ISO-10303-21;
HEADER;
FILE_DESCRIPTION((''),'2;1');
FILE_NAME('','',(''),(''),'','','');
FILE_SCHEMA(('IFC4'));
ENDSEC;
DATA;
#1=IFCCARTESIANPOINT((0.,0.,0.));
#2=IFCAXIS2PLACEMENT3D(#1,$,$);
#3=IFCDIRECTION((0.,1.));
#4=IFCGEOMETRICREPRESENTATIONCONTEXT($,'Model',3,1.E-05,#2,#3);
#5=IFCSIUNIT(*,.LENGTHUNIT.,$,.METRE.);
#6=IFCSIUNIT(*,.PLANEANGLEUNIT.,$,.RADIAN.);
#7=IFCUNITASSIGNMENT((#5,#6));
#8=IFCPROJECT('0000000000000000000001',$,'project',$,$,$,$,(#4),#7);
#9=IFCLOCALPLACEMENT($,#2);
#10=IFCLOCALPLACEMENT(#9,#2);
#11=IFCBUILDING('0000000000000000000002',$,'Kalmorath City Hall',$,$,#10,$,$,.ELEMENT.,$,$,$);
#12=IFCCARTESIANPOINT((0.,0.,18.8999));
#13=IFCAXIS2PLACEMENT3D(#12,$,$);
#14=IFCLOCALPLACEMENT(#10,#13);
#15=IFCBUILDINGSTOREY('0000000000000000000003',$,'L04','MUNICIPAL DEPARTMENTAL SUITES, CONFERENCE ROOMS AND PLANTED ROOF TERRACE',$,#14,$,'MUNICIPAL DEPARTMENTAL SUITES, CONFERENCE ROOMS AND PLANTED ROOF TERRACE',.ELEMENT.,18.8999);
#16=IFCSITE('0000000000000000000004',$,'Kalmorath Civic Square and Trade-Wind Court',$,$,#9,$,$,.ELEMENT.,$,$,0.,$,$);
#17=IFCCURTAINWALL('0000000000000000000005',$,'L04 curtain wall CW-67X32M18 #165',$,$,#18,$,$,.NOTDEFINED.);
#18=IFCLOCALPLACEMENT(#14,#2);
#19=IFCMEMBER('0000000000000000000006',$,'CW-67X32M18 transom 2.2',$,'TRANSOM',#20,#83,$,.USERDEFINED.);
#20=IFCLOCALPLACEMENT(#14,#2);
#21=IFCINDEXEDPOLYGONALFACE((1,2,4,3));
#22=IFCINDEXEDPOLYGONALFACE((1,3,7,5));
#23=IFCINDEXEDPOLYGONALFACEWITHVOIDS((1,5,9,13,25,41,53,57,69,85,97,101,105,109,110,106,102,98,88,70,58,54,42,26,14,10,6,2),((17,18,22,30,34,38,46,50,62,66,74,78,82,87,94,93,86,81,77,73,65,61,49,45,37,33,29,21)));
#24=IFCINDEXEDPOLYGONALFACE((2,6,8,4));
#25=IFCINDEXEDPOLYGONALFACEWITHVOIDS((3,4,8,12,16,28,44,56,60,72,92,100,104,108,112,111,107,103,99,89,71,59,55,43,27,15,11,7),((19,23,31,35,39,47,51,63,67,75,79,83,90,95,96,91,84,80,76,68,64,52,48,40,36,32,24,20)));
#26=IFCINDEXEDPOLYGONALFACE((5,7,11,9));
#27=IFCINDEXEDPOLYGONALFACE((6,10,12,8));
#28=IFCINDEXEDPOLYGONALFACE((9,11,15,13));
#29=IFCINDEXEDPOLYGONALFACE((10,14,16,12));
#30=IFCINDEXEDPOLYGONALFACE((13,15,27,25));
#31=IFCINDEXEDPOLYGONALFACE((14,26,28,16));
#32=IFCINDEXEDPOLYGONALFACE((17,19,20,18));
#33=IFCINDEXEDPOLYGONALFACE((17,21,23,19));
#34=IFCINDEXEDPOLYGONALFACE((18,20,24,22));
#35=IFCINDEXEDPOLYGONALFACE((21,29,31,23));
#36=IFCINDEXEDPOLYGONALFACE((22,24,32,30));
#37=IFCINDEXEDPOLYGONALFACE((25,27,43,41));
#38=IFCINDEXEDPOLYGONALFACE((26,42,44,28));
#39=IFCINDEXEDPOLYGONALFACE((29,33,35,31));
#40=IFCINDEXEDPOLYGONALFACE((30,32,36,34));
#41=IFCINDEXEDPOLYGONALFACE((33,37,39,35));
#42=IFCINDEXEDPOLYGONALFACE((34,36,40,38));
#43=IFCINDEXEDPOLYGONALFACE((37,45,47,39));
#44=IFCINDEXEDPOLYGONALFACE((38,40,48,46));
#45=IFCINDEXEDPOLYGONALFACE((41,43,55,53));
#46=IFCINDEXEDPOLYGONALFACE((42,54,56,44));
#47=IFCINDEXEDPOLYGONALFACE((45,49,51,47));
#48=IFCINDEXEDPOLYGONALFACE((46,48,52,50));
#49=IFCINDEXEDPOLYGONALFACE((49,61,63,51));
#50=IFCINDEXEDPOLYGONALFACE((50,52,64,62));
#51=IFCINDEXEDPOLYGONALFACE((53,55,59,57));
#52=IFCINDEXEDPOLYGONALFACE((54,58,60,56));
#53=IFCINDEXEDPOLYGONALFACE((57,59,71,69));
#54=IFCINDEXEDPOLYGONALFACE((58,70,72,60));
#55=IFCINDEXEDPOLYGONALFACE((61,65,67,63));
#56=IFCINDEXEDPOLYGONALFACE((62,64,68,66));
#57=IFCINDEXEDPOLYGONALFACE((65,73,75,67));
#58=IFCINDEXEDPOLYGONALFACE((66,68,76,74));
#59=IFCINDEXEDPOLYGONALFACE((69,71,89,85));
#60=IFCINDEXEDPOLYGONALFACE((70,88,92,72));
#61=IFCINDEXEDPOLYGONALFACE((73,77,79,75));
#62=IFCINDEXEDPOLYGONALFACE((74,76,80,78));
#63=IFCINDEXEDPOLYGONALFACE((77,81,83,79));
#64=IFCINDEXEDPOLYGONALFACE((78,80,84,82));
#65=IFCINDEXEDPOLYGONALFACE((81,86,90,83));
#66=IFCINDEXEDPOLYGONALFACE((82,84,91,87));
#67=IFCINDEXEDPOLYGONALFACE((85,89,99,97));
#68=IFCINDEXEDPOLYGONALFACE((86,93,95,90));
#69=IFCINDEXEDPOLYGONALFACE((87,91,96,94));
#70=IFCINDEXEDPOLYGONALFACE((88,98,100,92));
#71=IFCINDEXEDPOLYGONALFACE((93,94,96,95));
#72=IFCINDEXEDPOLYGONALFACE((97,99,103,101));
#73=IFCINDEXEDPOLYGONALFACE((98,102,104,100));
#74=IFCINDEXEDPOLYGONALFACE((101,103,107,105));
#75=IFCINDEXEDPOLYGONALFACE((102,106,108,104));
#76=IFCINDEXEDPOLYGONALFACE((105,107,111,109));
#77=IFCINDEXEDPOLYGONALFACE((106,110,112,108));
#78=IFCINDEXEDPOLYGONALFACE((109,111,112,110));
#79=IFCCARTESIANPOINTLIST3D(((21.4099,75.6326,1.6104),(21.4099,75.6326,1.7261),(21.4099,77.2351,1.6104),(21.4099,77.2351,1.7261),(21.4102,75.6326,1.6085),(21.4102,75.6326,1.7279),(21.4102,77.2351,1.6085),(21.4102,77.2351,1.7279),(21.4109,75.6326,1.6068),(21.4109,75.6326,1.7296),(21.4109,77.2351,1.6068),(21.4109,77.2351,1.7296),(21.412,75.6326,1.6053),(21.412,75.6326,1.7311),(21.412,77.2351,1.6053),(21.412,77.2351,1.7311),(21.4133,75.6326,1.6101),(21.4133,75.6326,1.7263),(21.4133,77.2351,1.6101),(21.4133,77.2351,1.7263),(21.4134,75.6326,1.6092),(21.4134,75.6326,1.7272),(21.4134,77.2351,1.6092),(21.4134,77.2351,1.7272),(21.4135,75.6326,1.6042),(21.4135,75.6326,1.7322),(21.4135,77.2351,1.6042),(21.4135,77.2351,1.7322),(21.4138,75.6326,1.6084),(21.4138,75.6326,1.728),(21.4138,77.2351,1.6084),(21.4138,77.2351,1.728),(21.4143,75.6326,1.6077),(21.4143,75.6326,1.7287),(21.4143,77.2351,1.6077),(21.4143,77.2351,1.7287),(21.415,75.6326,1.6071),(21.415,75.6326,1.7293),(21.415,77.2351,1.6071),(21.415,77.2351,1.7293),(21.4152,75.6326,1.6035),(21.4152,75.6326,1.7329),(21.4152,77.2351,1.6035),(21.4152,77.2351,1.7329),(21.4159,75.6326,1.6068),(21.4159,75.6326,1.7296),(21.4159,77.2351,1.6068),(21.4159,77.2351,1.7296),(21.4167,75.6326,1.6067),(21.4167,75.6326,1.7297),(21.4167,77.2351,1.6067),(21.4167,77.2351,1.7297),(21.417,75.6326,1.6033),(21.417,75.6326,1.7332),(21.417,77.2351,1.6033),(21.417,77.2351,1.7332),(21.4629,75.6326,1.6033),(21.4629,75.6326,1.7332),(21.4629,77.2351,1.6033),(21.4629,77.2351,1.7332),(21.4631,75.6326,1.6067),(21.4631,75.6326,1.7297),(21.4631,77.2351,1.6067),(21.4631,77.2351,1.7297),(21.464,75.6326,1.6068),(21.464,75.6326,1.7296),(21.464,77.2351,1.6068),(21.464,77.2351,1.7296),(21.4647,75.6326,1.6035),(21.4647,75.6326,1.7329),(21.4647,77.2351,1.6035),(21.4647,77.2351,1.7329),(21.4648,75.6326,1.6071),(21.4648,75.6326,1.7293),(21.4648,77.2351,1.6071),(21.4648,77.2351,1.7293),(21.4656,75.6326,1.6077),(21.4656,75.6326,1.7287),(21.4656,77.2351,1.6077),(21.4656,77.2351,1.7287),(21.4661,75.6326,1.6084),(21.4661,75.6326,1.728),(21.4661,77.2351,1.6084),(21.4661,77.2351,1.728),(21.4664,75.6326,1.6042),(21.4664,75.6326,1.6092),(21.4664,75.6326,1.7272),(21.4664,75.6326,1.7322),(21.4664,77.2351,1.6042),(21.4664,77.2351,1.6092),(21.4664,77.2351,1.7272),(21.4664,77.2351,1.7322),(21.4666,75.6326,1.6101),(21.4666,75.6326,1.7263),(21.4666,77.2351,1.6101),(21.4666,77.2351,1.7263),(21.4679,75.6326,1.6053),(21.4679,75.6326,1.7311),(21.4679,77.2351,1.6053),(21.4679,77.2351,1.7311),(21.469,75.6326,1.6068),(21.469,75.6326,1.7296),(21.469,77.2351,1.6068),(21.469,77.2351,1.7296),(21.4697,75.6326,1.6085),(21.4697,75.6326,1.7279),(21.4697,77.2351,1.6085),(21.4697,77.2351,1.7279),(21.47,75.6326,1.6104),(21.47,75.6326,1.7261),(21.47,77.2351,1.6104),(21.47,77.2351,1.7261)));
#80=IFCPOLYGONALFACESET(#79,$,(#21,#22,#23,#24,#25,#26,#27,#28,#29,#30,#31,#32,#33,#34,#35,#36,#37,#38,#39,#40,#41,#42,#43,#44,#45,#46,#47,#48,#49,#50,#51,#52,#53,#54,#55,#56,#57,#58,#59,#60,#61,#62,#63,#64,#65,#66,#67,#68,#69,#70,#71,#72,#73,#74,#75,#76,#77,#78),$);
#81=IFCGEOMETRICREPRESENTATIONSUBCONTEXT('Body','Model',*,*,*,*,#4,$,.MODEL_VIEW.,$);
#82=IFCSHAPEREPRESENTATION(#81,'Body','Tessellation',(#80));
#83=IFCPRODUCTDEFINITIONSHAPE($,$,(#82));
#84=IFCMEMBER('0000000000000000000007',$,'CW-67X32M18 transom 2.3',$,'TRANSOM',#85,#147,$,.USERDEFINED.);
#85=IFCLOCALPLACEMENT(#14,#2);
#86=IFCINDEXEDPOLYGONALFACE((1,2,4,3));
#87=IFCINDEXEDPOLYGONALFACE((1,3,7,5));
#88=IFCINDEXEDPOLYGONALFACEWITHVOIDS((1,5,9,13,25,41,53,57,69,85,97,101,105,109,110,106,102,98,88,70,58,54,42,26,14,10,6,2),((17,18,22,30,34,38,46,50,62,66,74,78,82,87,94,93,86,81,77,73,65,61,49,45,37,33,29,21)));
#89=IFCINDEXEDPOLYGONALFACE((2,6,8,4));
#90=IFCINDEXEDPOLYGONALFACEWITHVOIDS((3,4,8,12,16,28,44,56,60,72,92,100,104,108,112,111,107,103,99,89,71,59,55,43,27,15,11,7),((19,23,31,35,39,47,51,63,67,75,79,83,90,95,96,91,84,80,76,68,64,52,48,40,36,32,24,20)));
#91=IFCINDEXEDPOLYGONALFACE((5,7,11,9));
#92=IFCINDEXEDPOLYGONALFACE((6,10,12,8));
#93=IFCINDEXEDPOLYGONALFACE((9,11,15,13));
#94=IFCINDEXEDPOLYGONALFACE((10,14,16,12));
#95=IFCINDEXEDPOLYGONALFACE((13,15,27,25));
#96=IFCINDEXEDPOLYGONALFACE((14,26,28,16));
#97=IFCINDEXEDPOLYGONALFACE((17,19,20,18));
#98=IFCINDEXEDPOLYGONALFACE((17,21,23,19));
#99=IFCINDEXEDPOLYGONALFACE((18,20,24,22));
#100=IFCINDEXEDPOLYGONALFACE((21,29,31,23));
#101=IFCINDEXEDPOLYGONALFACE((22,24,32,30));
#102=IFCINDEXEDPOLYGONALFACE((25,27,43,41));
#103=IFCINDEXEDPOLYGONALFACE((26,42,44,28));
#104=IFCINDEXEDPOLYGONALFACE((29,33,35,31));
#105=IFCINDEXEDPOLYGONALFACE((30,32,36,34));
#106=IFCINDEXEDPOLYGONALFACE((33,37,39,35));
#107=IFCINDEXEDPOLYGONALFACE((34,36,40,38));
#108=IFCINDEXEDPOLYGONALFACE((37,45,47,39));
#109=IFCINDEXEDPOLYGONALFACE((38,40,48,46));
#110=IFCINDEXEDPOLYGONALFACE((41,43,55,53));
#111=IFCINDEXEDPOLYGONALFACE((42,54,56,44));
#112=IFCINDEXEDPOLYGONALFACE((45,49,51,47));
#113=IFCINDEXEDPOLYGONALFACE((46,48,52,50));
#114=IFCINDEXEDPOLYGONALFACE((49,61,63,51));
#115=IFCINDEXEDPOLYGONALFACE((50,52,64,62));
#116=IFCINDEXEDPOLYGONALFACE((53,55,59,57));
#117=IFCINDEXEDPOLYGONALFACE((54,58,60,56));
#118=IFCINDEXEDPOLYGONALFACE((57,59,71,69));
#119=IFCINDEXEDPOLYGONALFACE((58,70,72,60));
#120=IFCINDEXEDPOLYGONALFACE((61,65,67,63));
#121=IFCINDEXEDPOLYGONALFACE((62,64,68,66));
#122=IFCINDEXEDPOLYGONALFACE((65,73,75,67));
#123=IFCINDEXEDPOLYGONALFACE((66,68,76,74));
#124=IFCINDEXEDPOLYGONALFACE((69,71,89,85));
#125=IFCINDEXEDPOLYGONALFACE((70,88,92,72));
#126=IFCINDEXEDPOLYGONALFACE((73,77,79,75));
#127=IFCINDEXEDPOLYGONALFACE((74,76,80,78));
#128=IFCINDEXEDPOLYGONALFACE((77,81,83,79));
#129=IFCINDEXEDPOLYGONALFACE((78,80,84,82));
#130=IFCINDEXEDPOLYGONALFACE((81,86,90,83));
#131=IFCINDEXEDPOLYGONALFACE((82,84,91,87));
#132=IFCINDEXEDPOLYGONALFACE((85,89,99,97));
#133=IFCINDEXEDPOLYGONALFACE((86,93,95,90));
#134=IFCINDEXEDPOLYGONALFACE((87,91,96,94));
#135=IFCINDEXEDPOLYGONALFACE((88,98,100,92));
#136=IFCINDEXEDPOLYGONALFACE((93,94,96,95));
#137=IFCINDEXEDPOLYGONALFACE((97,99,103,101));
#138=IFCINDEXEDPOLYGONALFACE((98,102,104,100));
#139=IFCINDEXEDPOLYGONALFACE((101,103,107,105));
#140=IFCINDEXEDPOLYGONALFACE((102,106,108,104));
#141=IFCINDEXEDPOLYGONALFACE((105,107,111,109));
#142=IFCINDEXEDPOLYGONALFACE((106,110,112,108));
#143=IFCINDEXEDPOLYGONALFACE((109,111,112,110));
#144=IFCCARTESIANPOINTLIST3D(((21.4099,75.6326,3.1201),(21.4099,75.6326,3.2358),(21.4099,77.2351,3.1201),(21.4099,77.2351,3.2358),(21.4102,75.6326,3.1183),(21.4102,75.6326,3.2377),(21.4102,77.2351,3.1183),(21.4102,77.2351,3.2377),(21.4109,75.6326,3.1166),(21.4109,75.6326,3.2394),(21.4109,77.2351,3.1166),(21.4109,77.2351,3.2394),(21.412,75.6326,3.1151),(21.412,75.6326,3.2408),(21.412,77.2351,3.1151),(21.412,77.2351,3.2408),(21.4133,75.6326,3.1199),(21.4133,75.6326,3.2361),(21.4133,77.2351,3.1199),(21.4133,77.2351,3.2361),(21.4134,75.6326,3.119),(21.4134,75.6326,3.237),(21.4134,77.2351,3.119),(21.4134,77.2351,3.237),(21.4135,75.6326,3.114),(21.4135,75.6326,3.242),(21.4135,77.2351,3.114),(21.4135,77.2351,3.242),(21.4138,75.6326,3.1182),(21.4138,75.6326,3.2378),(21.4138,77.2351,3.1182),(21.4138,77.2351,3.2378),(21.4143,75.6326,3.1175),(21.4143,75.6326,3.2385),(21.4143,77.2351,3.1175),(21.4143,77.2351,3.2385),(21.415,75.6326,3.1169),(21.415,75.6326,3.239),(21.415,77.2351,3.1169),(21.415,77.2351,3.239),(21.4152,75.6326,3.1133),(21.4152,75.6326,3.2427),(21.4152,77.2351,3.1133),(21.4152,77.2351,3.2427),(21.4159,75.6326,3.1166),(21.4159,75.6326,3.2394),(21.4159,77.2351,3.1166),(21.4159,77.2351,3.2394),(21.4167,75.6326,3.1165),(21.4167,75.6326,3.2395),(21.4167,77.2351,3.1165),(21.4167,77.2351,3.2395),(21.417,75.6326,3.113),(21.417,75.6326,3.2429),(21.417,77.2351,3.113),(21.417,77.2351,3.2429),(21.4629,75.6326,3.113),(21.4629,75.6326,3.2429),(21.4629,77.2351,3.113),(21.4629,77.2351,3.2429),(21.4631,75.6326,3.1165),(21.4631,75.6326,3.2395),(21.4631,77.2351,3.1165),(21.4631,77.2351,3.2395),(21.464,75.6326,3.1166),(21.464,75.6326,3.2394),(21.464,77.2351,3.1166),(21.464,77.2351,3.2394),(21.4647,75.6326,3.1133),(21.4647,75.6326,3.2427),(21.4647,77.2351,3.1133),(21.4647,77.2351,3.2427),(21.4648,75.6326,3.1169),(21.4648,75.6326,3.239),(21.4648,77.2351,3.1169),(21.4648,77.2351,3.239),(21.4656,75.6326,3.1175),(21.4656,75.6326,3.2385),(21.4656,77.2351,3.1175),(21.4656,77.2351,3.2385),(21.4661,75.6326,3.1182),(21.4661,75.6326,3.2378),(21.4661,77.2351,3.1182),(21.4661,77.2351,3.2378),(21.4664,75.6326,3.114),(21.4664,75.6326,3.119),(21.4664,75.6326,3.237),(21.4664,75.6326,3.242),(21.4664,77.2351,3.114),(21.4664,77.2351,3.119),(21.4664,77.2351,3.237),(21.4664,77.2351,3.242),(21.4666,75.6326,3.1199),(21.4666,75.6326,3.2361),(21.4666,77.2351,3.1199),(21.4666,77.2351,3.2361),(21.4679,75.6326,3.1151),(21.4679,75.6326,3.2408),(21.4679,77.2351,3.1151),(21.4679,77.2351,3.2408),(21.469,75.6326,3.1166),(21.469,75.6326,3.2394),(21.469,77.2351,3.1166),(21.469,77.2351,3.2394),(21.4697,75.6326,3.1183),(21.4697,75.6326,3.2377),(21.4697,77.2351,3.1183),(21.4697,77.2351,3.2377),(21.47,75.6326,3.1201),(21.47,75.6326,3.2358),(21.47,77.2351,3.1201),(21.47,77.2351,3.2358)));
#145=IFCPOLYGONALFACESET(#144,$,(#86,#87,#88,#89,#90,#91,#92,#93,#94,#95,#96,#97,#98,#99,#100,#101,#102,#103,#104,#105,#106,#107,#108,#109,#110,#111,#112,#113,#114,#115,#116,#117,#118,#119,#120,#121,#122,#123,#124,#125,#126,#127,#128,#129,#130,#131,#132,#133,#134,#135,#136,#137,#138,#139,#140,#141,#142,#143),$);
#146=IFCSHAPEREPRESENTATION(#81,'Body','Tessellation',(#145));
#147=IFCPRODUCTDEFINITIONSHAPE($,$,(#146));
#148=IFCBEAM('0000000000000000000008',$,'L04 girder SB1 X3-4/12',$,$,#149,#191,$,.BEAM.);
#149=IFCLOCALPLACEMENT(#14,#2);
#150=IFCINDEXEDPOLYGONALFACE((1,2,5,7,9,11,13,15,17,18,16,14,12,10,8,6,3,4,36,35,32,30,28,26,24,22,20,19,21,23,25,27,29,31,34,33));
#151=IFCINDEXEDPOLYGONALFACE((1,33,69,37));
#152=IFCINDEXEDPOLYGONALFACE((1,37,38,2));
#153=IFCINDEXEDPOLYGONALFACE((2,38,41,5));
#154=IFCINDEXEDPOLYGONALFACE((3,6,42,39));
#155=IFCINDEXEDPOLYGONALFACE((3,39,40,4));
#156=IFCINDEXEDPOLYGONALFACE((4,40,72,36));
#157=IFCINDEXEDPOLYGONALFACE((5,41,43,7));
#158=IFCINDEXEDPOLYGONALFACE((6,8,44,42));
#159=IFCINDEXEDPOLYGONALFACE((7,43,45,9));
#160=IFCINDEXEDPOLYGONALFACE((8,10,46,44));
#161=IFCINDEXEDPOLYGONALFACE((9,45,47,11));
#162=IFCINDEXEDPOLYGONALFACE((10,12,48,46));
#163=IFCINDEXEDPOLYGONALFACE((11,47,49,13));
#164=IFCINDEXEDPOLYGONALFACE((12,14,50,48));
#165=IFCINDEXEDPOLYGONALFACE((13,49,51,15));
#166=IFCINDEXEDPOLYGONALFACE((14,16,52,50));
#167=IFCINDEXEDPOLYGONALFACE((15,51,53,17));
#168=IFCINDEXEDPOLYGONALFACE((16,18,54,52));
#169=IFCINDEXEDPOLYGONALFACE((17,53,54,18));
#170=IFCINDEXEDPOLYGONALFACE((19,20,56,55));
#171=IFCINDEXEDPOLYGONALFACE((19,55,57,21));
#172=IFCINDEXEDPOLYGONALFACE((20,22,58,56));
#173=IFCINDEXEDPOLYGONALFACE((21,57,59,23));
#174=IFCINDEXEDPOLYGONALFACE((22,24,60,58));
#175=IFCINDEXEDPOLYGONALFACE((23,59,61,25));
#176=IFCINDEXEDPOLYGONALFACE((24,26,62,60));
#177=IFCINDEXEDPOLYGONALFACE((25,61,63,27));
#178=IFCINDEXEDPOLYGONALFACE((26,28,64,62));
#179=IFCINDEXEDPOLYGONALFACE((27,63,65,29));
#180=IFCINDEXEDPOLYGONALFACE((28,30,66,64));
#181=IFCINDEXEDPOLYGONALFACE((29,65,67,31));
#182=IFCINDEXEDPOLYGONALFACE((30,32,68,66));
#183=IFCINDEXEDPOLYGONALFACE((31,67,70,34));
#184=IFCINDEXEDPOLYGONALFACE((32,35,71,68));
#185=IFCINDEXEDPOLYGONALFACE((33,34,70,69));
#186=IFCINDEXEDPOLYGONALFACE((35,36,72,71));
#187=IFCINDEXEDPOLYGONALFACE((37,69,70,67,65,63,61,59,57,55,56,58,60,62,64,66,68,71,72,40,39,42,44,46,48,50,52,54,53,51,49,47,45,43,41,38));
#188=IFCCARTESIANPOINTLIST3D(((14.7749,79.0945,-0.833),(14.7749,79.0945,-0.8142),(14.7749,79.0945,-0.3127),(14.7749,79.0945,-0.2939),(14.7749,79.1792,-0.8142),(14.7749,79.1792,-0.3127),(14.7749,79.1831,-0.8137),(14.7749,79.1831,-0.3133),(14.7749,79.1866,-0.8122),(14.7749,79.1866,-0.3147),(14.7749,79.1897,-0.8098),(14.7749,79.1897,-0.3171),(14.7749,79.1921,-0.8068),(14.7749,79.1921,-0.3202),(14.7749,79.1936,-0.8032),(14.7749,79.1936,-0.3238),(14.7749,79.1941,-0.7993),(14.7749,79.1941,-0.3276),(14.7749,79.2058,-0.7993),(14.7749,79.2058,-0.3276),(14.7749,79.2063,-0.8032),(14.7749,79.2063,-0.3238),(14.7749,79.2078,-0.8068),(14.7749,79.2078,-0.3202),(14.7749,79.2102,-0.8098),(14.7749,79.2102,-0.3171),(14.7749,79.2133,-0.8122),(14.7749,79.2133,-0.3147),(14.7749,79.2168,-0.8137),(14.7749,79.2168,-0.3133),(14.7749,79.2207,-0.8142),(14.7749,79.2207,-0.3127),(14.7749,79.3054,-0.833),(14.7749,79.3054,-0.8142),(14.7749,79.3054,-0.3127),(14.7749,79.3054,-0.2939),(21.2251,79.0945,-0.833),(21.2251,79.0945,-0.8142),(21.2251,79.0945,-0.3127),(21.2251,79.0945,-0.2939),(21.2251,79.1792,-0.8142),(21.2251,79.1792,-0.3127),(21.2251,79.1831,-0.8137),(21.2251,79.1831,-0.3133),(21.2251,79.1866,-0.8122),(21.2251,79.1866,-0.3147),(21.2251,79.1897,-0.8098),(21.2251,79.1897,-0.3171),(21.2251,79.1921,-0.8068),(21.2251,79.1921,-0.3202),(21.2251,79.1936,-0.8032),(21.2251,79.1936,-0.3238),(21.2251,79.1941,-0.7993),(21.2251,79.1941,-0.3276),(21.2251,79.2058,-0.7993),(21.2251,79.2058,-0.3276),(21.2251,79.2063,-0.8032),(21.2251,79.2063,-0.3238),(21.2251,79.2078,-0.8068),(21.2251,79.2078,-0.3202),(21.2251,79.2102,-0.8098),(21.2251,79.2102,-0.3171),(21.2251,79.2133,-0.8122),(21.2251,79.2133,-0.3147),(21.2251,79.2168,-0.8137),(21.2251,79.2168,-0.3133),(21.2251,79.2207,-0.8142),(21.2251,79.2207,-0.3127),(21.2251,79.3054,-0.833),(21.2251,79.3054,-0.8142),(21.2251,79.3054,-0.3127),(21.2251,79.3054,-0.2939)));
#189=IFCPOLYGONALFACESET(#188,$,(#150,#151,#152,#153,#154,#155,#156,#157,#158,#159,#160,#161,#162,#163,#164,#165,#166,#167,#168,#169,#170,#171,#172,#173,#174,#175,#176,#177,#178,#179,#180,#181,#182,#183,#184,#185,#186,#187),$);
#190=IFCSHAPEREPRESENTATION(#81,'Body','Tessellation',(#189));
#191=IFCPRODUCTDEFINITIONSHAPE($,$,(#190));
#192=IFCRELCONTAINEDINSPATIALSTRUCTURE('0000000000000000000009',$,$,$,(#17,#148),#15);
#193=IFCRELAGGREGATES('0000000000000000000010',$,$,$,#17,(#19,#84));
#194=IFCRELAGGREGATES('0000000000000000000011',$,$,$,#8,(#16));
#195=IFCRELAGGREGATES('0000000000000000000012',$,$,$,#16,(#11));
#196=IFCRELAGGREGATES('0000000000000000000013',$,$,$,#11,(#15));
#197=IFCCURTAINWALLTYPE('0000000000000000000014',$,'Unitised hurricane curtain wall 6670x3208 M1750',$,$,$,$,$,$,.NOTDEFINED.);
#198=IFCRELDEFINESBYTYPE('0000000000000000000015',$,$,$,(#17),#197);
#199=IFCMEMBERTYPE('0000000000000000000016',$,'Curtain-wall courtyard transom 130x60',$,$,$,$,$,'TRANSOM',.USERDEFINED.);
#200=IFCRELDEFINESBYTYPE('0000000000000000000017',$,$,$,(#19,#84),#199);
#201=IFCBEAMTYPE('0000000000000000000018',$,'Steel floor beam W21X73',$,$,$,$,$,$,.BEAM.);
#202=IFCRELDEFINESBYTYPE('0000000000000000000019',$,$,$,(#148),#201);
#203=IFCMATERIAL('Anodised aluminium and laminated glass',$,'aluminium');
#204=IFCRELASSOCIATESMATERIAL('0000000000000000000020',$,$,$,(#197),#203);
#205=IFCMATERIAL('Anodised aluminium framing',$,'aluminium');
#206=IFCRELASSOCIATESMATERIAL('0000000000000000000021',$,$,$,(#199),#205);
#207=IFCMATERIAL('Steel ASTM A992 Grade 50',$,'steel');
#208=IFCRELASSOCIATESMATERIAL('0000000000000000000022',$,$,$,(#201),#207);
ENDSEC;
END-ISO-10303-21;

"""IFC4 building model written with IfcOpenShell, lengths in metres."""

from ifc_helpers import new_model, si_unit, direction, frame, origin, origin_2d, place, context, subcontext, project, spatial, hollow_rectangle, i_section, extrude, material, material_profile, profile_set, type_object, element, aggregate, save


model = new_model("IFC4")

# Units and contexts
model_context = context("Model", 3, precision=1e-05, world=origin(), true_north=direction((0.0, 1.0)))
body_context = subcontext(model_context, "Body", "Model", "MODEL_VIEW")
ifc_project = project(units=[si_unit("LENGTHUNIT", "METRE"), si_unit("PLANEANGLEUNIT", "RADIAN")], contexts=[model_context])

# Site, building, storey
site_placement = place(None, origin())
site = spatial("IfcSite", under=ifc_project, at=site_placement, Name="Kalmorath Civic Square and Trade-Wind Court", CompositionType="ELEMENT", RefElevation=0.0)
building_placement = place(site_placement, origin())
building = spatial("IfcBuilding", under=site, at=building_placement, Name="Kalmorath City Hall", CompositionType="ELEMENT")
storey_placement = place(building_placement, frame((0.0, 0.0, 18.8999)))
storey = spatial("IfcBuildingStorey", under=building, at=storey_placement, Name="L04", Description="MUNICIPAL DEPARTMENTAL SUITES, CONFERENCE ROOMS AND PLANTED ROOF TERRACE", LongName="MUNICIPAL DEPARTMENTAL SUITES, CONFERENCE ROOMS AND PLANTED ROOF TERRACE", CompositionType="ELEMENT", Elevation=18.8999)

# Curtain wall, members
ifc_material_1 = material(Name="Anodised aluminium and laminated glass", Category="aluminium")
curtain_wall_type = type_object("IfcCurtainWallType", Name="Unitised hurricane curtain wall 6670x3208 M1750", PredefinedType="NOTDEFINED", material=ifc_material_1)
curtain_wall_placement = place(storey_placement, origin())
curtain_wall = element("IfcCurtainWall", 1, at=curtain_wall_placement, inside=storey, type_object=curtain_wall_type, Name="L04 curtain wall CW-67X32M18 #165", PredefinedType="NOTDEFINED")
ifc_material_2 = material(Name="Anodised aluminium framing", Category="aluminium")
ifc_material_profile_1 = material_profile(ifc_material_2, hollow_rectangle(XDim=0.0601, YDim=0.1299, WallThickness=0.0034, InnerFilletRadius=0.0034, OuterFilletRadius=0.0071, at=origin_2d()), Name="ALU-TRN-130X60X3.5")
ifc_profile_set_1 = profile_set([ifc_material_profile_1], Name="Anodised aluminium framing")
member_type_1 = type_object("IfcMemberType", Name="Curtain-wall courtyard transom 130x60", ElementType="TRANSOM", PredefinedType="USERDEFINED", material=ifc_profile_set_1)
member_1_placement = place(storey_placement, frame((21.4399, 77.2351, 1.6682), z_axis=(0.0, -1.0, 0.0), x_axis=(1.0, 0.0, 0.0)))
member_1 = element("IfcMember", 2, at=member_1_placement, type_object=member_type_1, Name="CW-67X32M18 transom 2.2", ObjectType="TRANSOM", PredefinedType="USERDEFINED", context=body_context, shape_type="SweptSolid", body=[
    extrude(hollow_rectangle(XDim=0.0601, YDim=0.1299, WallThickness=0.0034, InnerFilletRadius=0.0034, OuterFilletRadius=0.0071, at=origin_2d()), origin(), (0.0, 0.0, 1.0), 1.6025),
])
member_2_placement = place(storey_placement, frame((21.4399, 77.2351, 3.178), z_axis=(0.0, -1.0, 0.0), x_axis=(1.0, 0.0, 0.0)))
member_2 = element("IfcMember", 3, at=member_2_placement, type_object=member_type_1, Name="CW-67X32M18 transom 2.3", ObjectType="TRANSOM", PredefinedType="USERDEFINED", context=body_context, shape_type="SweptSolid", body=[
    extrude(hollow_rectangle(XDim=0.0601, YDim=0.1299, WallThickness=0.0034, InnerFilletRadius=0.0034, OuterFilletRadius=0.0071, at=origin_2d()), origin(), (0.0, 0.0, 1.0), 1.6025),
])

# Beam
ifc_material_3 = material(Name="Steel ASTM A992 Grade 50", Category="steel")
ifc_material_profile_2 = material_profile(ifc_material_3, i_section(OverallWidth=0.2109, OverallDepth=0.5391, WebThickness=0.0117, FlangeThickness=0.0188, FilletRadius=0.0149, at=origin_2d()), Name="W21X73")
ifc_profile_set_2 = profile_set([ifc_material_profile_2], Name="Steel ASTM A992 Grade 50")
beam_type_1 = type_object("IfcBeamType", Name="Steel floor beam W21X73", PredefinedType="BEAM", material=ifc_profile_set_2)
beam_1_placement = place(storey_placement, frame((14.7749, 79.2, -0.5635), z_axis=(1.0, 0.0, 0.0), x_axis=(0.0, 1.0, 0.0)))
element("IfcBeam", 4, at=beam_1_placement, inside=storey, type_object=beam_type_1, Name="L04 girder SB1 X3-4/12", PredefinedType="BEAM", context=body_context, shape_type="SweptSolid", body=[
    extrude(i_section(OverallWidth=0.2109, OverallDepth=0.5391, WebThickness=0.0117, FlangeThickness=0.0188, FilletRadius=0.0149, at=origin_2d()), origin(), (0.0, 0.0, 1.0), 6.4502),
])

aggregate(curtain_wall, [member_1, member_2])

save(model, "model.ifc")
